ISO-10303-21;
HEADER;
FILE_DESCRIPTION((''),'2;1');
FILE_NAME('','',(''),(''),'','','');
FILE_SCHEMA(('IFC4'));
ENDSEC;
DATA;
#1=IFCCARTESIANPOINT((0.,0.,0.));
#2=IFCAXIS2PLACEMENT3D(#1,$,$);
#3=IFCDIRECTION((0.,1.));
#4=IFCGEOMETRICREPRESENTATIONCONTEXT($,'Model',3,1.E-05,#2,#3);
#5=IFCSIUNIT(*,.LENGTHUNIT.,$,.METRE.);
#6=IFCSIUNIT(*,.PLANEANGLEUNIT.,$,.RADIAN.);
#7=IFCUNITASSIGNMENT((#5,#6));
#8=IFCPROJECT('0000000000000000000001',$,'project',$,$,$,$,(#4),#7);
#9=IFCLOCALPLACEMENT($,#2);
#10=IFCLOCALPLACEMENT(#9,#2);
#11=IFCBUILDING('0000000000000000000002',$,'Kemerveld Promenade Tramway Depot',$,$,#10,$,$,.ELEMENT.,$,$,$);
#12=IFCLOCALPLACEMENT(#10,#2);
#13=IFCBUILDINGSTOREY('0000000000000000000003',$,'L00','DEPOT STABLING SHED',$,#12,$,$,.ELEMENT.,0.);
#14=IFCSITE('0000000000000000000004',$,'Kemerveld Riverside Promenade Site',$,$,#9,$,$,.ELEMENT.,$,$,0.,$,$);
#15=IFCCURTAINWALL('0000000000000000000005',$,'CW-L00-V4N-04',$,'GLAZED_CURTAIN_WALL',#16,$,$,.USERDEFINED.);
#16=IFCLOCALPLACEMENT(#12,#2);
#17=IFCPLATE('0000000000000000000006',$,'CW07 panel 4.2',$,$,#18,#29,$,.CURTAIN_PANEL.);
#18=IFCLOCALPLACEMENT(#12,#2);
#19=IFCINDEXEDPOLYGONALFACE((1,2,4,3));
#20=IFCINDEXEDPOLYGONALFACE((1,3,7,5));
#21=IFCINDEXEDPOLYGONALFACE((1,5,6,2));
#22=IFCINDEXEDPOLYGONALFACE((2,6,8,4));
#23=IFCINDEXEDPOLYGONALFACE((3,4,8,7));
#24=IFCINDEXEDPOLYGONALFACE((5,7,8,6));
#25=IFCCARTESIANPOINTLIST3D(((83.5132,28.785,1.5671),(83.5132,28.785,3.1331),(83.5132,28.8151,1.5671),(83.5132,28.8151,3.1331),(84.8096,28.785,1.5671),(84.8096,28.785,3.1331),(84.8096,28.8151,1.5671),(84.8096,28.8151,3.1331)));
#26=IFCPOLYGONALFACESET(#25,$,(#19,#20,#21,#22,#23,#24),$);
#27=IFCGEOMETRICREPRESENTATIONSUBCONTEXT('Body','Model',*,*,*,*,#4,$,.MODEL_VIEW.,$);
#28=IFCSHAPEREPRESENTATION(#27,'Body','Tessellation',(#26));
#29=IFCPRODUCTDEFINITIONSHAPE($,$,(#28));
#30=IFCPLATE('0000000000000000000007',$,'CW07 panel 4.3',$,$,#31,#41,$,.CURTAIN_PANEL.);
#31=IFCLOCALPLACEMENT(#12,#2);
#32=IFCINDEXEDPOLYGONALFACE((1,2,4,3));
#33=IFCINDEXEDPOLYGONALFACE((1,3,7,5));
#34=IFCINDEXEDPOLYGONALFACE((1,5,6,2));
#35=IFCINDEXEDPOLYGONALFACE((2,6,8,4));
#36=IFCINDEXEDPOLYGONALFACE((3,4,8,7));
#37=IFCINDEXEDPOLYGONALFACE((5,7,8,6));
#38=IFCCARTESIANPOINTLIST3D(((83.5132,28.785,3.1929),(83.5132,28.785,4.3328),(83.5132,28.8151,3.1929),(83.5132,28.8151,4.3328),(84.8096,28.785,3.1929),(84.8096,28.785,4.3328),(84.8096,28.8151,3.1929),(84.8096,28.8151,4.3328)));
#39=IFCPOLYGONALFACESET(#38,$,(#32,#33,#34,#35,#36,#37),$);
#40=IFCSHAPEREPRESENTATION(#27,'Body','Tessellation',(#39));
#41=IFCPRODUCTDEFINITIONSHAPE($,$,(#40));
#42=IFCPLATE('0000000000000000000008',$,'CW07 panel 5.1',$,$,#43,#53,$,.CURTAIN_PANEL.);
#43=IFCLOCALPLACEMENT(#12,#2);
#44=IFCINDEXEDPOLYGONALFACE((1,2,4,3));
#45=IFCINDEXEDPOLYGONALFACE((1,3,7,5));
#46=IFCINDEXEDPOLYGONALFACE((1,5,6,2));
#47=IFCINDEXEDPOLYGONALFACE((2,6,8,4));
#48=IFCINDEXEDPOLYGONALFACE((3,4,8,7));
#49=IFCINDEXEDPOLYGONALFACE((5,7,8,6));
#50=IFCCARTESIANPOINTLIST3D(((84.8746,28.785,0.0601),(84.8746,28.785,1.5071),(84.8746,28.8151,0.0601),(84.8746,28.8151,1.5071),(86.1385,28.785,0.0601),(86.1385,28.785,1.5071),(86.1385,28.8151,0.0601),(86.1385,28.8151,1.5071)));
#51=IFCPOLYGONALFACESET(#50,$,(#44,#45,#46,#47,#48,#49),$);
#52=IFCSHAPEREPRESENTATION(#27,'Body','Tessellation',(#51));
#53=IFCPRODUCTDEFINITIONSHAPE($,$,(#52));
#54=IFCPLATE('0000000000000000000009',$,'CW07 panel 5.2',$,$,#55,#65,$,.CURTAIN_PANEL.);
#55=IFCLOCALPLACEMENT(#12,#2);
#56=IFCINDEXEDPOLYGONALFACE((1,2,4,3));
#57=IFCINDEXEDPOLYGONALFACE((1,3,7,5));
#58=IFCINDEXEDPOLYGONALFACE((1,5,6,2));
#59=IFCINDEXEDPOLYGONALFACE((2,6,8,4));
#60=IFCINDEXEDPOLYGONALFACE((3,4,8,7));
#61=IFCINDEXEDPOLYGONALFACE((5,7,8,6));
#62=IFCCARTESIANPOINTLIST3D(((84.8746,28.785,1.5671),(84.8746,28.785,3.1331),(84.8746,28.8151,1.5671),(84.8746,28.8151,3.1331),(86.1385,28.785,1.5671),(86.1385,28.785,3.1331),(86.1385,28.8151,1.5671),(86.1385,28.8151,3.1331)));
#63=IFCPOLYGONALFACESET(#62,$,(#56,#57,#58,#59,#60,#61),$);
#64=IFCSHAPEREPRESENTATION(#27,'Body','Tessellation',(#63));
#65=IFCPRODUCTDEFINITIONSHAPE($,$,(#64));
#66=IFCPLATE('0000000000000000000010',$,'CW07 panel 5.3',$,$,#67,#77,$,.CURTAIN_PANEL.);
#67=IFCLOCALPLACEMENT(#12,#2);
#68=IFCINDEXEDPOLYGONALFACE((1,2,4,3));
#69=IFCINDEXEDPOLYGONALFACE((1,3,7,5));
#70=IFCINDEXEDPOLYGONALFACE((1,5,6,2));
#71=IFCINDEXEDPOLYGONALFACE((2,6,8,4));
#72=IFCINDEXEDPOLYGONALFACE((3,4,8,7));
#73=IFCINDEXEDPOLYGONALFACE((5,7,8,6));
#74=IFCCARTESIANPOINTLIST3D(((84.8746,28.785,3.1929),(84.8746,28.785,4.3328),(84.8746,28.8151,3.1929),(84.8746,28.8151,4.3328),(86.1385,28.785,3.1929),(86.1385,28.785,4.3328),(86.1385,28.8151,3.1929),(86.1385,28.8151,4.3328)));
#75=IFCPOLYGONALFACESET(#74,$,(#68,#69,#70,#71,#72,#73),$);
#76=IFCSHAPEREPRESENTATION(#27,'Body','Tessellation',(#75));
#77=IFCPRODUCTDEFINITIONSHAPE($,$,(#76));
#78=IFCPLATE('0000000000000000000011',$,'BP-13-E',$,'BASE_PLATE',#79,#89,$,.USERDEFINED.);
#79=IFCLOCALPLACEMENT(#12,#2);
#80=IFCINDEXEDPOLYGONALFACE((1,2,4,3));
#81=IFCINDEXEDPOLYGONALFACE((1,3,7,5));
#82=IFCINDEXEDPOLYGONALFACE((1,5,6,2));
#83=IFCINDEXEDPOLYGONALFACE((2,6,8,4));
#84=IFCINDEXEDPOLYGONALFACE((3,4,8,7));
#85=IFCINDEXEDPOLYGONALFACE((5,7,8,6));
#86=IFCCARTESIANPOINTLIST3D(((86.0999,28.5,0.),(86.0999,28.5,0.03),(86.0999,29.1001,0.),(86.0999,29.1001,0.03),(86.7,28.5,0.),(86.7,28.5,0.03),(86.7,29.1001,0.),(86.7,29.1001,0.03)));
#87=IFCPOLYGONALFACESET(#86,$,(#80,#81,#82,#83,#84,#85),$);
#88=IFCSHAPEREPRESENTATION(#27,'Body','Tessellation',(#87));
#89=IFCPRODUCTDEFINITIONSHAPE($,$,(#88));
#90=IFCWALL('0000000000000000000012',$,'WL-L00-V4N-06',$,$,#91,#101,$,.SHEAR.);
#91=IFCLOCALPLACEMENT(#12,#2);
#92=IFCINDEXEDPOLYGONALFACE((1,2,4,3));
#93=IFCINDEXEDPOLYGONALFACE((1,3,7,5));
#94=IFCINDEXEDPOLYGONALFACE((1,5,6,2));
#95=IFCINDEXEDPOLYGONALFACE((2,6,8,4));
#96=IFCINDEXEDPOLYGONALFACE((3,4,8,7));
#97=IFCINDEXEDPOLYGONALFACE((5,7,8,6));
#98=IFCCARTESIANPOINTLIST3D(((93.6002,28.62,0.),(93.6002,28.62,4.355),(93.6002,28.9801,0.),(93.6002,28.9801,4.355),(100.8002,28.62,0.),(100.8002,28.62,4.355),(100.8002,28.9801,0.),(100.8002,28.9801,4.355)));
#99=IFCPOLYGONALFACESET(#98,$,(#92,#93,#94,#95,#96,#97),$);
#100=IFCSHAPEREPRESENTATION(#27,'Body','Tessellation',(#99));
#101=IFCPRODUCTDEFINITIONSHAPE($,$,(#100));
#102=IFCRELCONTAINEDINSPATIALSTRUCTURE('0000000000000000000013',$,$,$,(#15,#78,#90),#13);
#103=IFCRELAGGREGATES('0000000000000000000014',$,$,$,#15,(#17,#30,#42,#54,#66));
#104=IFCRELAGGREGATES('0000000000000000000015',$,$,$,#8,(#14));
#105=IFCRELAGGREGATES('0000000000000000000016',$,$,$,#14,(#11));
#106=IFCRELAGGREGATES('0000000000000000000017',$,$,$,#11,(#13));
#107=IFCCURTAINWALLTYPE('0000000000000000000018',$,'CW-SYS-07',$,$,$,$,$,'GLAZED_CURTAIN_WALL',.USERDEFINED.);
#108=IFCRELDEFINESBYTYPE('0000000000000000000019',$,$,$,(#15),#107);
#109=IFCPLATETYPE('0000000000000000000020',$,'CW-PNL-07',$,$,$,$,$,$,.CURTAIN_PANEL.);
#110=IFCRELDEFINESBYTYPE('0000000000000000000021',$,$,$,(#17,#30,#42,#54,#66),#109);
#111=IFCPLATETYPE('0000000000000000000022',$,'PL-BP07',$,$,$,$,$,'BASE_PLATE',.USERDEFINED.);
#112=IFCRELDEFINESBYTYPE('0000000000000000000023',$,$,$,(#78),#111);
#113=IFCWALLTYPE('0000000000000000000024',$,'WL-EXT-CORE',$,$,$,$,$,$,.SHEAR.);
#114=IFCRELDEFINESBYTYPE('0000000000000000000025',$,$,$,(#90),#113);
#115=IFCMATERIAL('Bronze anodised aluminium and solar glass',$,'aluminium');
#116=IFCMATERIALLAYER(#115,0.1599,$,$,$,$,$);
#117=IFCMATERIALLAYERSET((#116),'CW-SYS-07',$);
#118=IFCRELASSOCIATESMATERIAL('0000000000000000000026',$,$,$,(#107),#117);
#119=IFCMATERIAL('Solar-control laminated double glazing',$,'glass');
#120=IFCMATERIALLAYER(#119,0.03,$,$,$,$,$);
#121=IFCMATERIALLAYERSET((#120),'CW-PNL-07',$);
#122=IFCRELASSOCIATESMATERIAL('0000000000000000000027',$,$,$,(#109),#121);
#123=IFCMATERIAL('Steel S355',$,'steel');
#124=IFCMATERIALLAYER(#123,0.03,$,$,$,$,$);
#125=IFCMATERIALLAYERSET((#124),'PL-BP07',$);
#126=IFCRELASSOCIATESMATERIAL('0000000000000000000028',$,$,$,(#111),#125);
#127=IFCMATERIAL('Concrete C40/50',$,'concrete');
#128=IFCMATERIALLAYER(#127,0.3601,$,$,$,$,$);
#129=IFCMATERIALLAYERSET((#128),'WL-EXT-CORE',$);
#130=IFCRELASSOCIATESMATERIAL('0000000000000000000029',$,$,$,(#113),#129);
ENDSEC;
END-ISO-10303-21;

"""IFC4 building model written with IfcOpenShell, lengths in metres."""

from ifc_helpers import new_model, si_unit, direction, frame, frame_2d, origin, origin_2d, place, context, subcontext, project, spatial, rectangle, extrude, material, layer, layer_set, type_object, element, aggregate, save


model = new_model("IFC4")

# Units and contexts
model_context = context("Model", 3, precision=1e-05, world=origin(), true_north=direction((0.0, 1.0)))
body_context = subcontext(model_context, "Body", "Model", "MODEL_VIEW")
ifc_project = project(units=[si_unit("LENGTHUNIT", "METRE"), si_unit("PLANEANGLEUNIT", "RADIAN")], contexts=[model_context])

# Site, building, storey
site_placement = place(None, origin())
site = spatial("IfcSite", under=ifc_project, at=site_placement, Name="Kemerveld Riverside Promenade Site", CompositionType="ELEMENT", RefElevation=0.0)
building_placement = place(site_placement, origin())
building = spatial("IfcBuilding", under=site, at=building_placement, Name="Kemerveld Promenade Tramway Depot", CompositionType="ELEMENT")
storey_placement = place(building_placement, origin())
storey = spatial("IfcBuildingStorey", under=building, at=storey_placement, Name="L00", Description="DEPOT STABLING SHED", CompositionType="ELEMENT", Elevation=0.0)

# Shared definitions
ifc_material_1 = material(Name="Steel S355", Category="steel")

# Shared definitions
ifc_material_2 = material(Name="Concrete C40/50", Category="concrete")

# Curtain wall, plates
ifc_material_3 = material(Name="Bronze anodised aluminium and solar glass", Category="aluminium")
ifc_layer_1 = layer(ifc_material_3, 0.1599)
ifc_layer_set_1 = layer_set([ifc_layer_1], Name="CW-SYS-07")
curtain_wall_type = type_object("IfcCurtainWallType", Name="CW-SYS-07", ElementType="GLAZED_CURTAIN_WALL", PredefinedType="USERDEFINED", material=ifc_layer_set_1)
curtain_wall_placement = place(storey_placement, origin())
curtain_wall = element("IfcCurtainWall", 1, at=curtain_wall_placement, inside=storey, type_object=curtain_wall_type, Name="CW-L00-V4N-04", ObjectType="GLAZED_CURTAIN_WALL", PredefinedType="USERDEFINED")
ifc_material_4 = material(Name="Solar-control laminated double glazing", Category="glass")
ifc_layer_2 = layer(ifc_material_4, 0.03)
ifc_layer_set_2 = layer_set([ifc_layer_2], Name="CW-PNL-07")
plate_type_1 = type_object("IfcPlateType", Name="CW-PNL-07", PredefinedType="CURTAIN_PANEL", material=ifc_layer_set_2)
plate_1_placement = place(storey_placement, frame((84.1614, 28.8, 1.5671), z_axis=(0.0, 0.0, 1.0), x_axis=(1.0, 0.0, 0.0)))
plate_1 = element("IfcPlate", 2, at=plate_1_placement, type_object=plate_type_1, Name="CW07 panel 4.2", PredefinedType="CURTAIN_PANEL", context=body_context, shape_type="SweptSolid", body=[
    extrude(rectangle(XDim=1.2964, YDim=0.03, at=origin_2d()), origin(), (0.0, 0.0, 1.0), 1.5659),
])
plate_2_placement = place(storey_placement, frame((84.1614, 28.8, 3.1929), z_axis=(0.0, 0.0, 1.0), x_axis=(1.0, 0.0, 0.0)))
plate_2 = element("IfcPlate", 3, at=plate_2_placement, type_object=plate_type_1, Name="CW07 panel 4.3", PredefinedType="CURTAIN_PANEL", context=body_context, shape_type="SweptSolid", body=[
    extrude(rectangle(XDim=1.2964, YDim=0.03, at=origin_2d()), origin(), (0.0, 0.0, 1.0), 1.1399),
])
plate_3_placement = place(storey_placement, frame((85.5066, 28.8, 0.0601), z_axis=(0.0, 0.0, 1.0), x_axis=(1.0, 0.0, 0.0)))
plate_3 = element("IfcPlate", 4, at=plate_3_placement, type_object=plate_type_1, Name="CW07 panel 5.1", PredefinedType="CURTAIN_PANEL", context=body_context, shape_type="SweptSolid", body=[
    extrude(rectangle(XDim=1.2639, YDim=0.03, at=origin_2d()), origin(), (0.0, 0.0, 1.0), 1.447),
])
plate_4_placement = place(storey_placement, frame((85.5066, 28.8, 1.5671), z_axis=(0.0, 0.0, 1.0), x_axis=(1.0, 0.0, 0.0)))
plate_4 = element("IfcPlate", 5, at=plate_4_placement, type_object=plate_type_1, Name="CW07 panel 5.2", PredefinedType="CURTAIN_PANEL", context=body_context, shape_type="SweptSolid", body=[
    extrude(rectangle(XDim=1.2639, YDim=0.03, at=origin_2d()), origin(), (0.0, 0.0, 1.0), 1.5659),
])
plate_5_placement = place(storey_placement, frame((85.5066, 28.8, 3.1929), z_axis=(0.0, 0.0, 1.0), x_axis=(1.0, 0.0, 0.0)))
plate_5 = element("IfcPlate", 6, at=plate_5_placement, type_object=plate_type_1, Name="CW07 panel 5.3", PredefinedType="CURTAIN_PANEL", context=body_context, shape_type="SweptSolid", body=[
    extrude(rectangle(XDim=1.2639, YDim=0.03, at=origin_2d()), origin(), (0.0, 0.0, 1.0), 1.1399),
])
aggregate(curtain_wall, [plate_1, plate_2, plate_3, plate_4, plate_5])

# Plate
ifc_layer_3 = layer(ifc_material_1, 0.03)
ifc_layer_set_3 = layer_set([ifc_layer_3], Name="PL-BP07")
plate_type_2 = type_object("IfcPlateType", Name="PL-BP07", ElementType="BASE_PLATE", PredefinedType="USERDEFINED", material=ifc_layer_set_3)
plate_6_placement = place(storey_placement, frame((86.3999, 28.8, 0.0), z_axis=(0.0, 0.0, 1.0), x_axis=(1.0, 0.0, 0.0)))
element("IfcPlate", 7, at=plate_6_placement, inside=storey, type_object=plate_type_2, Name="BP-13-E", ObjectType="BASE_PLATE", PredefinedType="USERDEFINED", context=body_context, shape_type="SweptSolid", body=[
    extrude(rectangle(XDim=0.6001, YDim=0.6001, at=origin_2d()), origin(), (0.0, 0.0, 1.0), 0.03),
])

# Shared definitions
ifc_layer_4 = layer(ifc_material_2, 0.3601)
ifc_layer_set_4 = layer_set([ifc_layer_4], Name="WL-EXT-CORE")
wall_type = type_object("IfcWallType", Name="WL-EXT-CORE", PredefinedType="SHEAR", material=ifc_layer_set_4)

# Wall
wall_1_placement = place(storey_placement, frame((93.6001, 28.8, 0.0), z_axis=(0.0, 0.0, 1.0), x_axis=(1.0, 0.0, 0.0)))
element("IfcWall", 8, at=wall_1_placement, inside=storey, type_object=wall_type, Name="WL-L00-V4N-06", PredefinedType="SHEAR", context=body_context, shape_type="SweptSolid", body=[
    extrude(rectangle(XDim=7.2, YDim=0.3601, at=frame_2d((3.6001, 0.0))), origin(), (0.0, 0.0, 1.0), 4.355),
])

save(model, "model.ifc")
